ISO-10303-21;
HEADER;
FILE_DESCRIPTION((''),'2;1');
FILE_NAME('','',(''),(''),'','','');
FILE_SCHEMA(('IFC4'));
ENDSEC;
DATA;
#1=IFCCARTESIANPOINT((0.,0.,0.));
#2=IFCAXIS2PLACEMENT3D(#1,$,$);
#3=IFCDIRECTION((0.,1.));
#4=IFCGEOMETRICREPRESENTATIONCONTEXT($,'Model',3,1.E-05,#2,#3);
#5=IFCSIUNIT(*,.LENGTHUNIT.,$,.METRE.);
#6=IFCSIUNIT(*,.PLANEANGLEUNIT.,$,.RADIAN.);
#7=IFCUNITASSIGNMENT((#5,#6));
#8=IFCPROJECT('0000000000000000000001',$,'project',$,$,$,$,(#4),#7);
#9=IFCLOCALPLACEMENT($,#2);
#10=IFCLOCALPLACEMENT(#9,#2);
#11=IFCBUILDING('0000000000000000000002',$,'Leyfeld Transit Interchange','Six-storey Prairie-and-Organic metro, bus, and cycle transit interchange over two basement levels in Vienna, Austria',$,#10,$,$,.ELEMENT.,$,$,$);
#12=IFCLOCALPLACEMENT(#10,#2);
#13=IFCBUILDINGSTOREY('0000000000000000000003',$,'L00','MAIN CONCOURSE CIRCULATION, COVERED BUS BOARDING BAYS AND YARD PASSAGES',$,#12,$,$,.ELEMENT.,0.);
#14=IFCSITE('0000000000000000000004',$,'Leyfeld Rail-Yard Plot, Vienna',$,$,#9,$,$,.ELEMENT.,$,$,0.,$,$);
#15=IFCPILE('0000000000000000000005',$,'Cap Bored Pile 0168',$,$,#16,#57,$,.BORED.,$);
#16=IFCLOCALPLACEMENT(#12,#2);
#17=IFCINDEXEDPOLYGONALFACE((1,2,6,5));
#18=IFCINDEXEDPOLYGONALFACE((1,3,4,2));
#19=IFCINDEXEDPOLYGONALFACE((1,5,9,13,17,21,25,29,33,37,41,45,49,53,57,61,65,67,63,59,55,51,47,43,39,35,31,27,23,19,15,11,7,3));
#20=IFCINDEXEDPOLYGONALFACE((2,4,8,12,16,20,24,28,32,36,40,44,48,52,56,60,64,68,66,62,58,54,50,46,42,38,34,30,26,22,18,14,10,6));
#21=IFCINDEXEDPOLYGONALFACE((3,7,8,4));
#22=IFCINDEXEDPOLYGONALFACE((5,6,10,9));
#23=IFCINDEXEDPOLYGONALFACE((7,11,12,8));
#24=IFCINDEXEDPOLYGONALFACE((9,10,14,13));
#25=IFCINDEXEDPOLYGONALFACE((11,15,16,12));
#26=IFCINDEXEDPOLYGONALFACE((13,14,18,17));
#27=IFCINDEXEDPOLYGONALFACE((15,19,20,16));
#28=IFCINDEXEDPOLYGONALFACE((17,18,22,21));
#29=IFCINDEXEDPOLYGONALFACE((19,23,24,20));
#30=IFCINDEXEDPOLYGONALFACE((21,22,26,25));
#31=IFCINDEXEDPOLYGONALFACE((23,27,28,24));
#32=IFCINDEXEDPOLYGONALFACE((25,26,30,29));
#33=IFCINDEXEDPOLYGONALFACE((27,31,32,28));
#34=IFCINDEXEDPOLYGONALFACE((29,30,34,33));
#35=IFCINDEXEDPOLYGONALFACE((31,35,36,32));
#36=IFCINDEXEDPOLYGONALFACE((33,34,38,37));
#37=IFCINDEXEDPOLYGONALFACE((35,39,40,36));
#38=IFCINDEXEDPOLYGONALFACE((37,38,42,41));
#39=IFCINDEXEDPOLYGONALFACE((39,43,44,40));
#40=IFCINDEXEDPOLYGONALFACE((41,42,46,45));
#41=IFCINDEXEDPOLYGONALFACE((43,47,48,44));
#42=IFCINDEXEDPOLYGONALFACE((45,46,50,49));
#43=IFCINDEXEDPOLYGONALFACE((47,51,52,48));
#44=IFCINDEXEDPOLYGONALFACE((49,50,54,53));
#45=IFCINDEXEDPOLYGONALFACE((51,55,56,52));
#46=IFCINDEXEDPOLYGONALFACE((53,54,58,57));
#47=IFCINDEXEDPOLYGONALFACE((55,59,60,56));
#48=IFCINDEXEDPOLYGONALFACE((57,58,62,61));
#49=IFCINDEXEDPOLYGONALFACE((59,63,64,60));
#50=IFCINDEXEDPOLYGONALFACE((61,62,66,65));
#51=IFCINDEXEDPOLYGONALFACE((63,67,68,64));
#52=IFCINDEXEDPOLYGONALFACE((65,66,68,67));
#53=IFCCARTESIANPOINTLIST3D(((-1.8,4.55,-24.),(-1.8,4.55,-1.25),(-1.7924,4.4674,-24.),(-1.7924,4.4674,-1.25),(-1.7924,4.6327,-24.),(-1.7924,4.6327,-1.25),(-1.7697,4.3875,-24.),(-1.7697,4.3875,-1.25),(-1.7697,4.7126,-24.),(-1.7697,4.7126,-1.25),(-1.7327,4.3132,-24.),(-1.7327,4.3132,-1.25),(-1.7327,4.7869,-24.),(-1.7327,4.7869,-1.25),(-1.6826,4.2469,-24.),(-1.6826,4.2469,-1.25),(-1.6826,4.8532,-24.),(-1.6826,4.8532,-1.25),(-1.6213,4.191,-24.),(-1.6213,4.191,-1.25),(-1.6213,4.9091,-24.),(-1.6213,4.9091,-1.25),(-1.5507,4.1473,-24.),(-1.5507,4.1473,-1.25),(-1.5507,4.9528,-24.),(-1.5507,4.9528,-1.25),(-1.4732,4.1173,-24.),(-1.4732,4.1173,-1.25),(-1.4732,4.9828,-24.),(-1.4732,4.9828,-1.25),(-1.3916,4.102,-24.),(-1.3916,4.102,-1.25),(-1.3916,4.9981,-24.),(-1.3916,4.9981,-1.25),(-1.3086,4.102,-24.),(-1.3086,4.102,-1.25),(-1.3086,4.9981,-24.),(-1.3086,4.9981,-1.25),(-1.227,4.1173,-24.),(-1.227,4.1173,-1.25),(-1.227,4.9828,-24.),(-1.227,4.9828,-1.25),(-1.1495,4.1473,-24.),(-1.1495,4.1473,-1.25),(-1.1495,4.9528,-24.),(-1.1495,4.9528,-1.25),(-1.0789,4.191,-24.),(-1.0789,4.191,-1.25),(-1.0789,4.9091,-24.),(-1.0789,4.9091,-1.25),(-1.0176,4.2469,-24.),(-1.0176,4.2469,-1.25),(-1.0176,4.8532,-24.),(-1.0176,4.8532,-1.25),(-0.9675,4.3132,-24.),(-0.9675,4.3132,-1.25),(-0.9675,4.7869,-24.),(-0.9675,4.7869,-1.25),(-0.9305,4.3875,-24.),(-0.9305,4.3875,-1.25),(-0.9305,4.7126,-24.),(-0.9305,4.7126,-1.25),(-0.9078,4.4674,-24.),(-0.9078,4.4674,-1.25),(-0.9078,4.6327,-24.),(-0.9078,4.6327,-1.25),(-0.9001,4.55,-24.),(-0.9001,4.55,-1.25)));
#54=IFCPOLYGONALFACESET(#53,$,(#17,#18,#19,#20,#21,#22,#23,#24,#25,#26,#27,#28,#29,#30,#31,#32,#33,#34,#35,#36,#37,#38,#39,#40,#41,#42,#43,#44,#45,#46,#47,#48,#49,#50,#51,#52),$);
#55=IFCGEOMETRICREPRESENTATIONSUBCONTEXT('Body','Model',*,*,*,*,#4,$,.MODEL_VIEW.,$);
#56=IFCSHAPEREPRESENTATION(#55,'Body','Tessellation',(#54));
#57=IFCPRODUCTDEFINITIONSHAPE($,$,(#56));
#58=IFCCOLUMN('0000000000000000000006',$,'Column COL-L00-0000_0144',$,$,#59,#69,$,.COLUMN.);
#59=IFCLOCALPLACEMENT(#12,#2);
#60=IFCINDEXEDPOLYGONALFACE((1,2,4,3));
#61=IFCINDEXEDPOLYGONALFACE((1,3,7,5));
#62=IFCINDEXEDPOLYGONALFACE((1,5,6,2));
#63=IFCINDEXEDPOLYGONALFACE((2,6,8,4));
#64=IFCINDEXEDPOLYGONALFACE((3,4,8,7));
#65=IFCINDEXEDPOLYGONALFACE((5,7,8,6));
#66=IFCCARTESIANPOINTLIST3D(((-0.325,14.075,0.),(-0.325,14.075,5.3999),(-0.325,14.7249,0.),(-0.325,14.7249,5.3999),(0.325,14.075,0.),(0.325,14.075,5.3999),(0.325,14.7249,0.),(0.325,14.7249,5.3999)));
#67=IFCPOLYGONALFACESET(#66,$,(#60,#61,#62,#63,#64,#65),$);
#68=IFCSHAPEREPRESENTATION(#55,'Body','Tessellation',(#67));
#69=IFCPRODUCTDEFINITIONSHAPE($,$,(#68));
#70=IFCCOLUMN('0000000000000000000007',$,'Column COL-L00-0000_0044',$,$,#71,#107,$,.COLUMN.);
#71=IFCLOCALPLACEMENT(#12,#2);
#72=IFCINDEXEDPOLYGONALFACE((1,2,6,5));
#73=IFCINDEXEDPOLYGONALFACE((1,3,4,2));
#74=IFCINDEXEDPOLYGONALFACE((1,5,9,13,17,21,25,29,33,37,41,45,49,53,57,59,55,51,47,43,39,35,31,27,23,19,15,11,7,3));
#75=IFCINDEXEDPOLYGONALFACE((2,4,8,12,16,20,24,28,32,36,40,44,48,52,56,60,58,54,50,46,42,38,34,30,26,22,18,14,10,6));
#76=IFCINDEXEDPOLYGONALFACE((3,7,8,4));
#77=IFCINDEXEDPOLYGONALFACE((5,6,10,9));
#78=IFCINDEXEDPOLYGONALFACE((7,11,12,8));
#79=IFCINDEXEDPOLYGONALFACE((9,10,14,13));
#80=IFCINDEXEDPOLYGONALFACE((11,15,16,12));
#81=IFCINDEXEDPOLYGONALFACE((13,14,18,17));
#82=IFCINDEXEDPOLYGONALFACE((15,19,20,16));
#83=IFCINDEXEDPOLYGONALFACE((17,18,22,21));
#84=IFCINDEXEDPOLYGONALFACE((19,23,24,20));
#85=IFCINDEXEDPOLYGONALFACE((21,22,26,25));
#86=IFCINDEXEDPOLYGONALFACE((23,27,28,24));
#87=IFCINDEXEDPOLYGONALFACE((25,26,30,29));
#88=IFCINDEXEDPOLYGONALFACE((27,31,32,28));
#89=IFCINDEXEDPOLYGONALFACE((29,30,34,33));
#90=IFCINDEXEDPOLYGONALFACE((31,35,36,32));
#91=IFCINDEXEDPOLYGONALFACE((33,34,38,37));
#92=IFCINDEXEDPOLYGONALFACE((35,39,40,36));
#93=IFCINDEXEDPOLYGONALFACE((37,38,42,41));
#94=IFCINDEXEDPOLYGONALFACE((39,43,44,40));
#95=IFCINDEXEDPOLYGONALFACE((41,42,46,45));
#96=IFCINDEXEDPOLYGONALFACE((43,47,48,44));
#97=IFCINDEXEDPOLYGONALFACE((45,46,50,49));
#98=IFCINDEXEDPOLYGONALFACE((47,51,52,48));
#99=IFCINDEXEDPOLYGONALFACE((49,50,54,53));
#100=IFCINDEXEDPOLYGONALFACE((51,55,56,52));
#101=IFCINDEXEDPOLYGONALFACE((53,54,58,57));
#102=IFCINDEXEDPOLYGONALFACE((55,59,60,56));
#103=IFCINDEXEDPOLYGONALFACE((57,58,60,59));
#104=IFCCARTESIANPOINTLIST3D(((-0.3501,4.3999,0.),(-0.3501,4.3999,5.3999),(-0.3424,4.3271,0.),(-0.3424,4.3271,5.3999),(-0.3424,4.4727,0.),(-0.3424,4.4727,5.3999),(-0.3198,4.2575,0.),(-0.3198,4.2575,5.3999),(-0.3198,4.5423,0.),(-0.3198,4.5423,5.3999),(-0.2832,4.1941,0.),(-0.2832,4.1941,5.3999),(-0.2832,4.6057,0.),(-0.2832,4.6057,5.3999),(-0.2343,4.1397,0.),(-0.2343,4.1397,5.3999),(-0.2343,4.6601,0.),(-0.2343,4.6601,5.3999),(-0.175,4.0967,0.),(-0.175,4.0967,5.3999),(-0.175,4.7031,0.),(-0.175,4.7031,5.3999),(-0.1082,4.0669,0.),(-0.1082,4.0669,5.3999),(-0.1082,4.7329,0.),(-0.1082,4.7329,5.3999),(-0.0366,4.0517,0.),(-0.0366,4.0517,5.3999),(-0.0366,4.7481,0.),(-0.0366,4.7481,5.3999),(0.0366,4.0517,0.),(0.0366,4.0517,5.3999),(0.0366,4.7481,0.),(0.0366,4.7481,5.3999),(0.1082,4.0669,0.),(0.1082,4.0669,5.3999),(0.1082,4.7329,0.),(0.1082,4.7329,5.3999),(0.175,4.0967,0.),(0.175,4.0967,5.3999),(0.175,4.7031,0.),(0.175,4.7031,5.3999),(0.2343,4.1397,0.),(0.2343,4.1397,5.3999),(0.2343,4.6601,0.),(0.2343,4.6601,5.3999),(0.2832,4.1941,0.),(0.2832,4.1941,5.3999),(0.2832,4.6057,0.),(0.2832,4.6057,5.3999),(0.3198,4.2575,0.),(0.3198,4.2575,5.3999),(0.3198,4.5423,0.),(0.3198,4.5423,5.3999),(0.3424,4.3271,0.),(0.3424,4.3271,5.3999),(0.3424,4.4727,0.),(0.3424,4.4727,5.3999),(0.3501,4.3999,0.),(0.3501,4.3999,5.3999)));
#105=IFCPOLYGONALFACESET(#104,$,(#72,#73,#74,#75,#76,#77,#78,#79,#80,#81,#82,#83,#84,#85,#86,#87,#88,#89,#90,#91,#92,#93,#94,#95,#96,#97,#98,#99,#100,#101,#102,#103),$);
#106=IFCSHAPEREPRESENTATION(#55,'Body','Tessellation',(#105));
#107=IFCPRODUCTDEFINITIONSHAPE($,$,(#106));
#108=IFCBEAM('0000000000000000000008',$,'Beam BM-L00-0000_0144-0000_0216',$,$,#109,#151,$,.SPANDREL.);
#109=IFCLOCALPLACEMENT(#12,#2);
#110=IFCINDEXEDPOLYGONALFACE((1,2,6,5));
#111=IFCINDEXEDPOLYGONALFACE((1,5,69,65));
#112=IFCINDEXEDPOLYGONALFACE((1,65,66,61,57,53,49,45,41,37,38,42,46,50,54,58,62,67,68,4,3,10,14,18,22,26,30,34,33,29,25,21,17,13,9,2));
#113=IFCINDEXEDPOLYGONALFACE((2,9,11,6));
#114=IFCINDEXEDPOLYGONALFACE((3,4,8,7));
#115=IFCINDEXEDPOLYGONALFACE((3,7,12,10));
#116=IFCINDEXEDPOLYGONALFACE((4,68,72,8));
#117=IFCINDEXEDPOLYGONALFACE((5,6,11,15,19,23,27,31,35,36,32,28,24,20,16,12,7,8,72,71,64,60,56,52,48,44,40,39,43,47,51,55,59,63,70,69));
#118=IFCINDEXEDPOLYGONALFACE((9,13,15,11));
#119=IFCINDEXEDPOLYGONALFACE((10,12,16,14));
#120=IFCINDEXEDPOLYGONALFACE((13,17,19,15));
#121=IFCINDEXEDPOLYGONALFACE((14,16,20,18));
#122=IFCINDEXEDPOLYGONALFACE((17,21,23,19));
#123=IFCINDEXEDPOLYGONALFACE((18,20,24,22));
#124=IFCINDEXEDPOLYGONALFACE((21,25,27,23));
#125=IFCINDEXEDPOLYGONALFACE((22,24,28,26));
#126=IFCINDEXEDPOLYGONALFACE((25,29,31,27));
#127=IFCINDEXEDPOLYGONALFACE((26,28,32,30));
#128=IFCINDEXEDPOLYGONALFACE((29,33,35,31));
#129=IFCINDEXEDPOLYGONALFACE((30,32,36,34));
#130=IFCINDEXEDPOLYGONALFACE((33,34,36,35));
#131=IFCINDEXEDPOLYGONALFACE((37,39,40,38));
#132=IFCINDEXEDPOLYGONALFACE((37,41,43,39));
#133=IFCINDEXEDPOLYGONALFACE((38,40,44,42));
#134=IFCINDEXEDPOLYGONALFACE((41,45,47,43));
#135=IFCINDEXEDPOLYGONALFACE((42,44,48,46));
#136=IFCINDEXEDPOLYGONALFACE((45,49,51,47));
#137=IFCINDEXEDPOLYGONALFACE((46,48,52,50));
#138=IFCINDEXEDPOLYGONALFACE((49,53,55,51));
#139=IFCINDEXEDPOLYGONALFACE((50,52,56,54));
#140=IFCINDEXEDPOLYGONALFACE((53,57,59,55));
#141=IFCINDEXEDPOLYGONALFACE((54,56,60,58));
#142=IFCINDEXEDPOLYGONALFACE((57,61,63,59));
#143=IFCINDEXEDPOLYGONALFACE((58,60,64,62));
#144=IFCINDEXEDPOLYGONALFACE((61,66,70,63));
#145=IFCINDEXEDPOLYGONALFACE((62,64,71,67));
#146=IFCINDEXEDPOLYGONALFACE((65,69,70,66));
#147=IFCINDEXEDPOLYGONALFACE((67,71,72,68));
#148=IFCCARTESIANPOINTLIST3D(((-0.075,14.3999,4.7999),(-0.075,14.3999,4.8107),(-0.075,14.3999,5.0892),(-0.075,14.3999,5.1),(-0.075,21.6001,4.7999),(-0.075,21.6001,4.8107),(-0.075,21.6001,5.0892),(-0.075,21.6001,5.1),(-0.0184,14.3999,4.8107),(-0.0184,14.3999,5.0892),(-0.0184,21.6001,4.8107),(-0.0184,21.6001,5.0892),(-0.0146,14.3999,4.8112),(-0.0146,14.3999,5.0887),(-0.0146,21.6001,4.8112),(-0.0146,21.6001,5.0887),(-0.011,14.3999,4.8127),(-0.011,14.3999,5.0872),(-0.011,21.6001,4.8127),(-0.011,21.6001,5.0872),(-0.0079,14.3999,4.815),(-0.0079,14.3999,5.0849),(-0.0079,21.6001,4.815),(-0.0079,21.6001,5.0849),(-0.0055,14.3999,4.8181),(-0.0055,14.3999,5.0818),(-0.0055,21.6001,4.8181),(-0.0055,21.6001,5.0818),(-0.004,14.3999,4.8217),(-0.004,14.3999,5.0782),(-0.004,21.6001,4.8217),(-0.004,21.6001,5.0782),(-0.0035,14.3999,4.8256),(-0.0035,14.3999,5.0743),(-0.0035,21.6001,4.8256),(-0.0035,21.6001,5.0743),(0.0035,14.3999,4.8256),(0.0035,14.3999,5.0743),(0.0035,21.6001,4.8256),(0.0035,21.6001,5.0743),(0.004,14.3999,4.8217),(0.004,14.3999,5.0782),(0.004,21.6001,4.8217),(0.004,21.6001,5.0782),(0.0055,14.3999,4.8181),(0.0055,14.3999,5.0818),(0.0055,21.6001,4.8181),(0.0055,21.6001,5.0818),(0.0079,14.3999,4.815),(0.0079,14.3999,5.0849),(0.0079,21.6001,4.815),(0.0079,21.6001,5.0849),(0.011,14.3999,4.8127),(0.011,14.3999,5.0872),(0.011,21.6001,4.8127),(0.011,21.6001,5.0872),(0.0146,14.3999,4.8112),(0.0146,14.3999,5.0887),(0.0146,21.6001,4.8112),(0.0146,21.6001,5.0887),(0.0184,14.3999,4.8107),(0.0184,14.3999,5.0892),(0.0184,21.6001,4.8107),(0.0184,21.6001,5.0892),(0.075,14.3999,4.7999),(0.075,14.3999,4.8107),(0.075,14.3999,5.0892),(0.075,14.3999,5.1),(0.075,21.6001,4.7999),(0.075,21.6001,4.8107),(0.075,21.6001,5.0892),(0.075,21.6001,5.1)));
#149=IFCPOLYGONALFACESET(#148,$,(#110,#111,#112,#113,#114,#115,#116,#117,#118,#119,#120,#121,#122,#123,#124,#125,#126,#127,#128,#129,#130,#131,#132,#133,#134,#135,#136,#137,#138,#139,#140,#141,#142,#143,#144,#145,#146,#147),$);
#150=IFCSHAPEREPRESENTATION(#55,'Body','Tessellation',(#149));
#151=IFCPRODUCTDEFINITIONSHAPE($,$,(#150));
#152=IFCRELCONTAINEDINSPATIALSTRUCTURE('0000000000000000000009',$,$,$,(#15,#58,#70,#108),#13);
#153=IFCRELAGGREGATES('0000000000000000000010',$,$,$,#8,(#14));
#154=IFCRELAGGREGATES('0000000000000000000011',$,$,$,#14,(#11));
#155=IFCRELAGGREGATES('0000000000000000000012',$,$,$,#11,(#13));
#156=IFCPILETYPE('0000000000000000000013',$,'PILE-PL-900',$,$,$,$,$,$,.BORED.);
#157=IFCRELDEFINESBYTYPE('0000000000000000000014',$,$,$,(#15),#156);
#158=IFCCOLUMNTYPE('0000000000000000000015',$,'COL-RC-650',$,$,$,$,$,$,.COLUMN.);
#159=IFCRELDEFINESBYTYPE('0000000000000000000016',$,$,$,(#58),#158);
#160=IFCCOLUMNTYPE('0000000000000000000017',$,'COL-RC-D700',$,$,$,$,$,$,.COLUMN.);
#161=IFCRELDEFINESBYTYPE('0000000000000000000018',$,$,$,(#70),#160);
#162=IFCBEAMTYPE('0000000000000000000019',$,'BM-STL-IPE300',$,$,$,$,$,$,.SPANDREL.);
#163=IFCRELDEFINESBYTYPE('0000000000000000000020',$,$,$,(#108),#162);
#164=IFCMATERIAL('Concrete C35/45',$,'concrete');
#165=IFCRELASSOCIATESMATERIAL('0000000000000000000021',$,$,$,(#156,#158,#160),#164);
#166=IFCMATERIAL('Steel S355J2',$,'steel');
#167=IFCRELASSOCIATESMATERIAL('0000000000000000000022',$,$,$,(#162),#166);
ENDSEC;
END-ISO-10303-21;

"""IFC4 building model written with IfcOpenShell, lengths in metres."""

from ifc_helpers import new_model, si_unit, direction, frame, origin, origin_2d, place, context, subcontext, project, spatial, rectangle, circle, i_section, extrude, material, material_profile, profile_set, type_object, element, save


model = new_model("IFC4")

# Units and contexts
model_context = context("Model", 3, precision=1e-05, world=origin(), true_north=direction((0.0, 1.0)))
body_context = subcontext(model_context, "Body", "Model", "MODEL_VIEW")
ifc_project = project(units=[si_unit("LENGTHUNIT", "METRE"), si_unit("PLANEANGLEUNIT", "RADIAN")], contexts=[model_context])

# Site, building, storey
site_placement = place(None, origin())
site = spatial("IfcSite", under=ifc_project, at=site_placement, Name="Leyfeld Rail-Yard Plot, Vienna", CompositionType="ELEMENT", RefElevation=0.0)
building_placement = place(site_placement, origin())
building = spatial("IfcBuilding", under=site, at=building_placement, Name="Leyfeld Transit Interchange", Description="Six-storey Prairie-and-Organic metro, bus, and cycle transit interchange over two basement levels in Vienna, Austria", CompositionType="ELEMENT")
storey_placement = place(building_placement, origin())
storey = spatial("IfcBuildingStorey", under=building, at=storey_placement, Name="L00", Description="MAIN CONCOURSE CIRCULATION, COVERED BUS BOARDING BAYS AND YARD PASSAGES", CompositionType="ELEMENT", Elevation=0.0)

# Pile
ifc_material_1 = material(Name="Concrete C35/45", Category="concrete")
ifc_material_profile_1 = material_profile(ifc_material_1, circle(Radius=0.45, at=origin_2d()), Name="PILE D900")
ifc_profile_set_1 = profile_set([ifc_material_profile_1], Name="Concrete C35/45")
pile_type = type_object("IfcPileType", Name="PILE-PL-900", PredefinedType="BORED", material=ifc_profile_set_1)
pile_placement = place(storey_placement, frame((-1.3501, 4.55, -1.25), z_axis=(0.0, 0.0, -1.0), x_axis=(1.0, 0.0, 0.0)))
element("IfcPile", 1, at=pile_placement, inside=storey, type_object=pile_type, Name="Cap Bored Pile 0168", PredefinedType="BORED", context=body_context, shape_type="SweptSolid", body=[
    extrude(circle(Radius=0.45, at=origin_2d()), origin(), (0.0, 0.0, 1.0), 22.75),
])

# Columns
ifc_material_profile_2 = material_profile(ifc_material_1, rectangle(XDim=0.6499, YDim=0.6499, at=origin_2d()), Name="RC 650x650")
ifc_profile_set_2 = profile_set([ifc_material_profile_2], Name="Concrete C35/45")
column_type_1 = type_object("IfcColumnType", Name="COL-RC-650", PredefinedType="COLUMN", material=ifc_profile_set_2)
column_1_placement = place(storey_placement, frame((0.0, 14.3999, 0.0), z_axis=(0.0, 0.0, 1.0), x_axis=(1.0, 0.0, 0.0)))
element("IfcColumn", 2, at=column_1_placement, inside=storey, type_object=column_type_1, Name="Column COL-L00-0000_0144", PredefinedType="COLUMN", context=body_context, shape_type="SweptSolid", body=[
    extrude(rectangle(XDim=0.6499, YDim=0.6499, at=origin_2d()), origin(), (0.0, 0.0, 1.0), 5.3999),
])
ifc_material_profile_3 = material_profile(ifc_material_1, circle(Radius=0.3501, at=origin_2d()), Name="RC D700")
ifc_profile_set_3 = profile_set([ifc_material_profile_3], Name="Concrete C35/45")
column_type_2 = type_object("IfcColumnType", Name="COL-RC-D700", PredefinedType="COLUMN", material=ifc_profile_set_3)
column_2_placement = place(storey_placement, frame((0.0, 4.3999, 0.0), z_axis=(0.0, 0.0, 1.0), x_axis=(1.0, 0.0, 0.0)))
element("IfcColumn", 3, at=column_2_placement, inside=storey, type_object=column_type_2, Name="Column COL-L00-0000_0044", PredefinedType="COLUMN", context=body_context, shape_type="SweptSolid", body=[
    extrude(circle(Radius=0.3501, at=origin_2d()), origin(), (0.0, 0.0, 1.0), 5.3999),
])

# Beam
ifc_material_2 = material(Name="Steel S355J2", Category="steel")
ifc_material_profile_4 = material_profile(ifc_material_2, i_section(OverallWidth=0.1499, OverallDepth=0.3, WebThickness=0.0071, FlangeThickness=0.0107, FilletRadius=0.0149, at=origin_2d()), Name="IPE 300")
ifc_profile_set_4 = profile_set([ifc_material_profile_4], Name="Steel S355J2")
beam_type = type_object("IfcBeamType", Name="BM-STL-IPE300", PredefinedType="SPANDREL", material=ifc_profile_set_4)
beam_1_placement = place(storey_placement, frame((0.0, 14.3999, 4.95), z_axis=(0.0, 1.0, 0.0), x_axis=(-1.0, 0.0, 0.0)))
element("IfcBeam", 4, at=beam_1_placement, inside=storey, type_object=beam_type, Name="Beam BM-L00-0000_0144-0000_0216", PredefinedType="SPANDREL", context=body_context, shape_type="SweptSolid", body=[
    extrude(i_section(OverallWidth=0.1499, OverallDepth=0.3, WebThickness=0.0071, FlangeThickness=0.0107, FilletRadius=0.0149, at=origin_2d()), origin(), (0.0, 0.0, 1.0), 7.2002),
])

save(model, "model.ifc")
